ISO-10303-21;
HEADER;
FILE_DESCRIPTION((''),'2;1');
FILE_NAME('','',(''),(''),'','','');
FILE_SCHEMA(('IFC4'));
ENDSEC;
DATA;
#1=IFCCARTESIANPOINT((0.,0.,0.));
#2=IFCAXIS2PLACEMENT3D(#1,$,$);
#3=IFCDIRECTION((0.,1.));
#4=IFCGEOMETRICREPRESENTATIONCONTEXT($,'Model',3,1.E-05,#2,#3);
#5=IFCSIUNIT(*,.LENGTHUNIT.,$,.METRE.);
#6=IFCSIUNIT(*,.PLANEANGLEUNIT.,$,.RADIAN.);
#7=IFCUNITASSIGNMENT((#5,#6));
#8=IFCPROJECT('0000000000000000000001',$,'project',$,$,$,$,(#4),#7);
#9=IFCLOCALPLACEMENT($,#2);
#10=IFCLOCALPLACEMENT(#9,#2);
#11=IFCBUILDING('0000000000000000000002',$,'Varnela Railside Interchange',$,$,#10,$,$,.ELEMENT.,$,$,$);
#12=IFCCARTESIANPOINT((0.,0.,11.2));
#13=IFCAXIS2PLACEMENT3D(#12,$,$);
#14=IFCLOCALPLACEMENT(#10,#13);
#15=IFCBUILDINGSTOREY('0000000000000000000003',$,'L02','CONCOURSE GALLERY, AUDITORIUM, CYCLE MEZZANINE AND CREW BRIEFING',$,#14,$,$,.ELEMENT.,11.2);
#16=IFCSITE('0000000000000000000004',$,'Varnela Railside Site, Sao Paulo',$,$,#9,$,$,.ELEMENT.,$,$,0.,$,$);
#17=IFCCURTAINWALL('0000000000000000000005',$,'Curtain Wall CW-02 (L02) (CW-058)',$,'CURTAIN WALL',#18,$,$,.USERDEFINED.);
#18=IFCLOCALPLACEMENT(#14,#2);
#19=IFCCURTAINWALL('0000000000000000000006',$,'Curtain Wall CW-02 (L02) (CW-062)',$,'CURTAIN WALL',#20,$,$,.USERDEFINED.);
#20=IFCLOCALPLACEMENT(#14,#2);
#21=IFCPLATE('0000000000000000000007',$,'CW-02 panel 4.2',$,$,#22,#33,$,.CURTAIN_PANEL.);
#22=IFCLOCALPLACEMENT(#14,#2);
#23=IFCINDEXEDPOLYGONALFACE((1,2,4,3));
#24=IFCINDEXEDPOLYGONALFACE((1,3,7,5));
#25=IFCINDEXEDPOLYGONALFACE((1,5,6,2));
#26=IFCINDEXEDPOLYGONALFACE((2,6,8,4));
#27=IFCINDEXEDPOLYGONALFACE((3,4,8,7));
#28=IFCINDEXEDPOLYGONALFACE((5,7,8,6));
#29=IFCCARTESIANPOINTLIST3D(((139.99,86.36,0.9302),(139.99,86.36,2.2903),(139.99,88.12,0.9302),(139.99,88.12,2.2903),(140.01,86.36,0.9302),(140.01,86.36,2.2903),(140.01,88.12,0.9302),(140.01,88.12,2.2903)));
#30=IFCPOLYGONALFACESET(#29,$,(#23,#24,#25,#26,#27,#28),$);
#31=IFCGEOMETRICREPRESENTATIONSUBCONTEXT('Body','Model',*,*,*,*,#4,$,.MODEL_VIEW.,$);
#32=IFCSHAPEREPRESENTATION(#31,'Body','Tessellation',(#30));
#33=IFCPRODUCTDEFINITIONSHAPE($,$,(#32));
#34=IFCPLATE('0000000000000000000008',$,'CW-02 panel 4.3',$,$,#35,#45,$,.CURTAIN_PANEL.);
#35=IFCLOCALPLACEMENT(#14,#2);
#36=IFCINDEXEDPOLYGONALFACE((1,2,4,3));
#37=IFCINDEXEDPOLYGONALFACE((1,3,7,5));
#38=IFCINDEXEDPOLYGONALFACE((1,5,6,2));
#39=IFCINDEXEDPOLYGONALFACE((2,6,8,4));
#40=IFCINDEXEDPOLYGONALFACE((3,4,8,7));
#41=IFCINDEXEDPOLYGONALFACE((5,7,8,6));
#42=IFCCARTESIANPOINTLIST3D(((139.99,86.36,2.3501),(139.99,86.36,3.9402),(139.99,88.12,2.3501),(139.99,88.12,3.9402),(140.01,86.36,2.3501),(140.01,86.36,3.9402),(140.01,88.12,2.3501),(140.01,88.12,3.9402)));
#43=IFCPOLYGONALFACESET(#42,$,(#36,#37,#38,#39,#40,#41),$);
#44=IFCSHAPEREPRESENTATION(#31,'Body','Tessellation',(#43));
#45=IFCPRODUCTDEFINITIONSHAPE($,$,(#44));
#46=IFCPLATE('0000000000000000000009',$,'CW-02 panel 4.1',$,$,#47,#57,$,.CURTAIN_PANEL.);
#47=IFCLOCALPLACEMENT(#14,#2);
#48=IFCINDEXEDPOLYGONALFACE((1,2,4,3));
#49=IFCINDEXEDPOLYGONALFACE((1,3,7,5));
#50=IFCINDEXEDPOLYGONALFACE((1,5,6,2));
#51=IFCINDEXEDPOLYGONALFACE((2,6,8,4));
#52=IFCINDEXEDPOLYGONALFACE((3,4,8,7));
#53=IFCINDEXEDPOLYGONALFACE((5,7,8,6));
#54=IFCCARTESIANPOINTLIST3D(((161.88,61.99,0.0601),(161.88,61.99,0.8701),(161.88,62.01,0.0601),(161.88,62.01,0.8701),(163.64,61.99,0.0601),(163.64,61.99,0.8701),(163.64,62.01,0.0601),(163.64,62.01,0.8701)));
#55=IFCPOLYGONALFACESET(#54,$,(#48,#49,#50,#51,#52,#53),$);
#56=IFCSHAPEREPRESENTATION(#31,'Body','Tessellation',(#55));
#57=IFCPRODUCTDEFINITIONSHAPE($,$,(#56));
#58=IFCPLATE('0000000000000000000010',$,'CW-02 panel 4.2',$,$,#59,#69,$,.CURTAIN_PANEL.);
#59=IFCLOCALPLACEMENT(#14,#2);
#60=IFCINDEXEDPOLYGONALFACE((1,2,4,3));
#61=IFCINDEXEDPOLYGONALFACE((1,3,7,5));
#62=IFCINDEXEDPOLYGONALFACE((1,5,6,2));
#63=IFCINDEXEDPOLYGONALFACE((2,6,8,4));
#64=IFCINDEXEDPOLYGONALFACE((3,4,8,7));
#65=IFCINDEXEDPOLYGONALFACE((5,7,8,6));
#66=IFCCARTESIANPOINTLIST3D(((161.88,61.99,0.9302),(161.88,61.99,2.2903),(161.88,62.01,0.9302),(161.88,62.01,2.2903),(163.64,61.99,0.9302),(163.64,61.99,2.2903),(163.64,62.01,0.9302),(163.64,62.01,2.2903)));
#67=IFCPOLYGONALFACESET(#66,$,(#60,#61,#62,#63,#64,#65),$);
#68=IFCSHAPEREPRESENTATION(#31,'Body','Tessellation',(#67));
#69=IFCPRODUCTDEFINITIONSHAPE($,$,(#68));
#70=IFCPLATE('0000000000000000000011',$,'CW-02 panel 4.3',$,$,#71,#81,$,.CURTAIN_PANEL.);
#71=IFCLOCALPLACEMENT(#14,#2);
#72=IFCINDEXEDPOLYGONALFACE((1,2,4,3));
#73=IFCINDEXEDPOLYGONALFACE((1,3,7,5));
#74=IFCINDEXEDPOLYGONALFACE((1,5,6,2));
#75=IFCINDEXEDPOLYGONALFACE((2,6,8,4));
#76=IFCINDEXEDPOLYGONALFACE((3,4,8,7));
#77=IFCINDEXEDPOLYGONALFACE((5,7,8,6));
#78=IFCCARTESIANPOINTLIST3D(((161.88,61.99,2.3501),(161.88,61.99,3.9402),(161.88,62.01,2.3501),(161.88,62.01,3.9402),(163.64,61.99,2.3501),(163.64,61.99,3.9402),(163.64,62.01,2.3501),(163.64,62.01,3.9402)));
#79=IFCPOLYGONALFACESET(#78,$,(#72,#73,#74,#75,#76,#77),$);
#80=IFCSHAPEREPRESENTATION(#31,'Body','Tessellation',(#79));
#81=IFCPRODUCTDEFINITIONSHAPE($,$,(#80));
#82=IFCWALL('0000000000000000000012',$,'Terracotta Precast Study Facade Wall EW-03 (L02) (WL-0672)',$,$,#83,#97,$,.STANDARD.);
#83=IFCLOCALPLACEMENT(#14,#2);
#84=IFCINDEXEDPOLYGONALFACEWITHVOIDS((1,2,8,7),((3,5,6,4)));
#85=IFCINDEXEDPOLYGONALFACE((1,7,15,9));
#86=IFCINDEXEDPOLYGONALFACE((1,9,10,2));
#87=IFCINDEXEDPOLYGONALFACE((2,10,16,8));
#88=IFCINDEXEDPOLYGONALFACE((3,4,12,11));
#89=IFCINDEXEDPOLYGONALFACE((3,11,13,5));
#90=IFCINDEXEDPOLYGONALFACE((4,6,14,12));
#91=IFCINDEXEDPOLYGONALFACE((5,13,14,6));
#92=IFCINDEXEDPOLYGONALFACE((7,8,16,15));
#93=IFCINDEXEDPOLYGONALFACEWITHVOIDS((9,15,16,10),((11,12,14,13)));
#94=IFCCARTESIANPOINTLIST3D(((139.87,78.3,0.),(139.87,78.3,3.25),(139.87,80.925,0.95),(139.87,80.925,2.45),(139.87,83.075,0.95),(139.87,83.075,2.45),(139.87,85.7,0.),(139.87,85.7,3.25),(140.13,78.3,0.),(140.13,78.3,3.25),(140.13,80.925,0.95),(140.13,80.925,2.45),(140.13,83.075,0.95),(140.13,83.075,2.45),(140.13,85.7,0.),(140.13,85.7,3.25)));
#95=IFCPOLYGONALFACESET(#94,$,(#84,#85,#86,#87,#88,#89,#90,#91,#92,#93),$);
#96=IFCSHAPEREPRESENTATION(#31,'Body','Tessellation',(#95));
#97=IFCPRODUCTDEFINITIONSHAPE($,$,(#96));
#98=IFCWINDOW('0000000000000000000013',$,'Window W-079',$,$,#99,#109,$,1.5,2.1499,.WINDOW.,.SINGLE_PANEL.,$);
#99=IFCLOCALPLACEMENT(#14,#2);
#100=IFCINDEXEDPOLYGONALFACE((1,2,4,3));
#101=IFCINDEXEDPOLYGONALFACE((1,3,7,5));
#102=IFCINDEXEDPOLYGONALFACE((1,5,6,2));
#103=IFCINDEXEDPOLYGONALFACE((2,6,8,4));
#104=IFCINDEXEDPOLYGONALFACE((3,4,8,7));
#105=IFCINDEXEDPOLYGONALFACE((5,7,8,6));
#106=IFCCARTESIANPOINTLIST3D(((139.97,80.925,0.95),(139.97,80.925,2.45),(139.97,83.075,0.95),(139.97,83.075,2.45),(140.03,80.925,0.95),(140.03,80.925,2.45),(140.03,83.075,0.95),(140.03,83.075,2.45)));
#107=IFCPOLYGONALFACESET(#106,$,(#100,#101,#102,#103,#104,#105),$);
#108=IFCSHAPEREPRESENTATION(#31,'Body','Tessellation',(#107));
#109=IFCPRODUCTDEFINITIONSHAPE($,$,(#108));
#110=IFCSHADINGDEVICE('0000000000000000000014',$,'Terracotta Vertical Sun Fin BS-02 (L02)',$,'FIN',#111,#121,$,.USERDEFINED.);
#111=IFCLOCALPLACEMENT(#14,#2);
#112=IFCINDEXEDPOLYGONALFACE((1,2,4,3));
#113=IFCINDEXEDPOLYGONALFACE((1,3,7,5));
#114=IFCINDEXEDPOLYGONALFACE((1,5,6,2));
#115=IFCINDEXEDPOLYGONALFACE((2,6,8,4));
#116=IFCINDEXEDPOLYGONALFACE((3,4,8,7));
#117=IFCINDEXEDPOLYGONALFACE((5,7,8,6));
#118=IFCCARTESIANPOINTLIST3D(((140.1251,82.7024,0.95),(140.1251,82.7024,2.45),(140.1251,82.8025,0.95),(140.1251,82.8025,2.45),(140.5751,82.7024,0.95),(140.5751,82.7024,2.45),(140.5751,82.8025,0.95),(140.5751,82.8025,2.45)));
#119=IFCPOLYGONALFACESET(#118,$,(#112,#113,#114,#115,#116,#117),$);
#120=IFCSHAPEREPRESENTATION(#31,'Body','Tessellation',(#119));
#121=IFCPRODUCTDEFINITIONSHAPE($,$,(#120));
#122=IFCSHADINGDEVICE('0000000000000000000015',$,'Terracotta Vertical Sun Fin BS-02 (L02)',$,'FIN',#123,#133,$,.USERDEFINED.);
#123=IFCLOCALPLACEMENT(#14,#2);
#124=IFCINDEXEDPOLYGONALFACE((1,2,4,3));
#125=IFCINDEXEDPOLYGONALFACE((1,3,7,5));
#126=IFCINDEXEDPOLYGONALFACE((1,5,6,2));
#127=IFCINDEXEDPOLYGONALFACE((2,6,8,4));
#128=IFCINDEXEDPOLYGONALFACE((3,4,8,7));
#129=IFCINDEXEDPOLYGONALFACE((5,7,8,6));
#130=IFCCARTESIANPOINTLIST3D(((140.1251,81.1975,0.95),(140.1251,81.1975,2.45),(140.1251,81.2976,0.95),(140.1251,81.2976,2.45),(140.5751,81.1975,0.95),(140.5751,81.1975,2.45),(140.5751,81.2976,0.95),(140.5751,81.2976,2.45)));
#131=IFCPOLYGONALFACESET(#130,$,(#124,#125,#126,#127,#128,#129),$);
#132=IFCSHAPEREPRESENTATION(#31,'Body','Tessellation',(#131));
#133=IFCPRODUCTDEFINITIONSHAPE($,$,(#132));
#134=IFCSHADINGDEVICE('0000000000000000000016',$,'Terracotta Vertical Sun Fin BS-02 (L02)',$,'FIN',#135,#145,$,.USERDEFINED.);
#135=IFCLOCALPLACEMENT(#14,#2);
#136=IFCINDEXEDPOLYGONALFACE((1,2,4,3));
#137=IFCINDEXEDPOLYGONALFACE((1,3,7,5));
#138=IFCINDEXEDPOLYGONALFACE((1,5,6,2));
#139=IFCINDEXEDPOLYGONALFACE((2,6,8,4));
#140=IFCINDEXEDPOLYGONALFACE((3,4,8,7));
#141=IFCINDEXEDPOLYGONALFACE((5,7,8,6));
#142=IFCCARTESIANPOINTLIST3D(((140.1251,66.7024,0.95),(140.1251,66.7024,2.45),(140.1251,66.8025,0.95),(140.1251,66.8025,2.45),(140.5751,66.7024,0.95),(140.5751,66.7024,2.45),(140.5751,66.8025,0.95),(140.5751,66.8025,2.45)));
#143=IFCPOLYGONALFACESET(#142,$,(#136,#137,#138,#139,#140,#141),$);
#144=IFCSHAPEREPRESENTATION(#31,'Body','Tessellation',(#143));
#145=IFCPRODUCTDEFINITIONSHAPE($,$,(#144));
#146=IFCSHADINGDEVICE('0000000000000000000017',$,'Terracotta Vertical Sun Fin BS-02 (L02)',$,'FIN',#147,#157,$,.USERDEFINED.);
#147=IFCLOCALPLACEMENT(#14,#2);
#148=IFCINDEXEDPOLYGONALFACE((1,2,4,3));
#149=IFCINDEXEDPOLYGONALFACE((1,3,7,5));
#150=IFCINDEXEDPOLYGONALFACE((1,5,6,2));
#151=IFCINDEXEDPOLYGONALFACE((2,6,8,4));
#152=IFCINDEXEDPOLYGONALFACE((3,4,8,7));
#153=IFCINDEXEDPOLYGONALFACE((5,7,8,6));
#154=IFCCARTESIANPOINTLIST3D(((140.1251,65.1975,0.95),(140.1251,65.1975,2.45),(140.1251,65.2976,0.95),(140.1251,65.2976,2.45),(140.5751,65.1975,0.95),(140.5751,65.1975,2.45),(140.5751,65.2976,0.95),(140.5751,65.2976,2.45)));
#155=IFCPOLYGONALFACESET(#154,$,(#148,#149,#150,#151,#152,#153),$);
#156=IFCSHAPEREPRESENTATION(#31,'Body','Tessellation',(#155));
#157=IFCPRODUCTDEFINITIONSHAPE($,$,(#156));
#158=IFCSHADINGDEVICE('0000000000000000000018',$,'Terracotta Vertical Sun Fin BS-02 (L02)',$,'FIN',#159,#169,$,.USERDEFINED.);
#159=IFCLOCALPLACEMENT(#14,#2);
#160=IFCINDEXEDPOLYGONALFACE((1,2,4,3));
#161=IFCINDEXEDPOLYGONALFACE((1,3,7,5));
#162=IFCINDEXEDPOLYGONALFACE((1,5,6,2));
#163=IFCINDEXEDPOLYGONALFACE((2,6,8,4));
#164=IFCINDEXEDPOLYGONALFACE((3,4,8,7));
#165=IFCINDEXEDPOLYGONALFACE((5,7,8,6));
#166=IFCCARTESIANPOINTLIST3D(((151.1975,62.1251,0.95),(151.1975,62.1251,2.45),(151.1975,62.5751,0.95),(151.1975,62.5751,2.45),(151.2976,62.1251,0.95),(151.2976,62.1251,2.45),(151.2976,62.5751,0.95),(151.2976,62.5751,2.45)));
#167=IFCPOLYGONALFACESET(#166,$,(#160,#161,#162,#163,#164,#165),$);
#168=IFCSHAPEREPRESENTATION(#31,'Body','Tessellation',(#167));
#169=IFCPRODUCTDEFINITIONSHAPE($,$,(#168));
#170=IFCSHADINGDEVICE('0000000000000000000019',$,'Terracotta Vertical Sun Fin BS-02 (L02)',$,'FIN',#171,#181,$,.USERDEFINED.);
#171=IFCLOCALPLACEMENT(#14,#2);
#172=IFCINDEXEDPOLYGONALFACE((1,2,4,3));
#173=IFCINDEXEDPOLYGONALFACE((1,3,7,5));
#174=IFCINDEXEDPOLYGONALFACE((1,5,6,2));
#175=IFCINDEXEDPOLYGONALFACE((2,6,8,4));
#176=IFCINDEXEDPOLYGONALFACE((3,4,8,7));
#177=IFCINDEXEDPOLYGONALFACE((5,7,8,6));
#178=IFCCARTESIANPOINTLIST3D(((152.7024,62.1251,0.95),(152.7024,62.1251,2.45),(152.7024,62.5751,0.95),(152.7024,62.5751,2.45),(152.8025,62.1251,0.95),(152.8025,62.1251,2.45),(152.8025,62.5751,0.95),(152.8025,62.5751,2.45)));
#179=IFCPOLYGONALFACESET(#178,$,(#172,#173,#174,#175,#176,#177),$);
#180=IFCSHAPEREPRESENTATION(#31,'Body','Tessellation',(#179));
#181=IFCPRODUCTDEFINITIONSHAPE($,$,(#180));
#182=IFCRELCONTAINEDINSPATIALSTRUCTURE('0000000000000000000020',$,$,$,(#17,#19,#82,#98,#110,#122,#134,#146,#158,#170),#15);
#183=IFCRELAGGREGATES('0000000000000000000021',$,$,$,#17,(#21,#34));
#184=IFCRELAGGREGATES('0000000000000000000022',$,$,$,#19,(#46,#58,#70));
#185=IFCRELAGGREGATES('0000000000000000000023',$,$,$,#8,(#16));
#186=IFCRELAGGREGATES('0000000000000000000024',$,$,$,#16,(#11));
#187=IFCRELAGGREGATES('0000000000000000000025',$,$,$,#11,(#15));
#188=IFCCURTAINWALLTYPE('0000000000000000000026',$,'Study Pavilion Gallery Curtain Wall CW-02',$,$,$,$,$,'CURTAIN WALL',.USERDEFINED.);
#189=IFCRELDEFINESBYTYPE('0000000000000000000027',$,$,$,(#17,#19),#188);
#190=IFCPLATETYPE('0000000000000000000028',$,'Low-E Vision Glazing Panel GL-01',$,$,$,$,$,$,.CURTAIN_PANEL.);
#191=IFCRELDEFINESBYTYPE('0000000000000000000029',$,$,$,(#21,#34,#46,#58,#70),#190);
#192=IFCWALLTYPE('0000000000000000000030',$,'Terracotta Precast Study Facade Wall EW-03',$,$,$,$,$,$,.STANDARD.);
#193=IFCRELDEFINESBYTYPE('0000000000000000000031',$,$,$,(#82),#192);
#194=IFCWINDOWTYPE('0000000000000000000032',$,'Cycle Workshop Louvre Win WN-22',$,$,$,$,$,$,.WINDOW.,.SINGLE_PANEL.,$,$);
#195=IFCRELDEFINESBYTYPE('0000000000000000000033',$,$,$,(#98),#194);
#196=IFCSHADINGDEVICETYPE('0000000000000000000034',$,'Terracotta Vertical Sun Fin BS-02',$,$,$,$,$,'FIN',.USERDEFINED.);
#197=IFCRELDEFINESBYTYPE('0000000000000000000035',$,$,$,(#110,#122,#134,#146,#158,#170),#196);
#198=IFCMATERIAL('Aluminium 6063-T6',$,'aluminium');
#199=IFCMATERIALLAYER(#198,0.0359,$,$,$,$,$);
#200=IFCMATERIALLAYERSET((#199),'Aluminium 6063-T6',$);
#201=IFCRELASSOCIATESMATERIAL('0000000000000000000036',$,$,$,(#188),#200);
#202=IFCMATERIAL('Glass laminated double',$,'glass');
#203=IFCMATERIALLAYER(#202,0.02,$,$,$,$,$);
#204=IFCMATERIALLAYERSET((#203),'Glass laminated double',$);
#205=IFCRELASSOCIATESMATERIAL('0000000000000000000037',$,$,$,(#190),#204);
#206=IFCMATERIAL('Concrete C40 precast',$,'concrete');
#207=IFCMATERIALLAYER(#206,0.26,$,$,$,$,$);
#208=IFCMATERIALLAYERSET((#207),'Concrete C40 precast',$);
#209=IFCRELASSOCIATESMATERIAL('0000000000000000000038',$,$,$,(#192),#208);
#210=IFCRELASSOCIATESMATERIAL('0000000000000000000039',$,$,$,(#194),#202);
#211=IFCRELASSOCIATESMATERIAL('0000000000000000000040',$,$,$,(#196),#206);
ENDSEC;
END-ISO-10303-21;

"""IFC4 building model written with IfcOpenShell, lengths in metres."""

from ifc_helpers import new_model, si_unit, direction, frame, frame_2d, origin, origin_2d, place, context, subcontext, project, spatial, rectangle, extrude, material, layer, layer_set, type_object, element, fill, aggregate, save


model = new_model("IFC4")

# Units and contexts
model_context = context("Model", 3, precision=1e-05, world=origin(), true_north=direction((0.0, 1.0)))
body_context = subcontext(model_context, "Body", "Model", "MODEL_VIEW")
ifc_project = project(units=[si_unit("LENGTHUNIT", "METRE"), si_unit("PLANEANGLEUNIT", "RADIAN")], contexts=[model_context])

# Site, building, storey
site_placement = place(None, origin())
site = spatial("IfcSite", under=ifc_project, at=site_placement, Name="Varnela Railside Site, Sao Paulo", CompositionType="ELEMENT", RefElevation=0.0)
building_placement = place(site_placement, origin())
building = spatial("IfcBuilding", under=site, at=building_placement, Name="Varnela Railside Interchange", CompositionType="ELEMENT")
storey_placement = place(building_placement, frame((0.0, 0.0, 11.2)))
storey = spatial("IfcBuildingStorey", under=building, at=storey_placement, Name="L02", Description="CONCOURSE GALLERY, AUDITORIUM, CYCLE MEZZANINE AND CREW BRIEFING", CompositionType="ELEMENT", Elevation=11.2)

# Curtain wall
ifc_material_1 = material(Name="Aluminium 6063-T6", Category="aluminium")
ifc_layer_1 = layer(ifc_material_1, 0.0359)
ifc_layer_set_1 = layer_set([ifc_layer_1], Name="Aluminium 6063-T6")
curtain_wall_type = type_object("IfcCurtainWallType", Name="Study Pavilion Gallery Curtain Wall CW-02", ElementType="CURTAIN WALL", PredefinedType="USERDEFINED", material=ifc_layer_set_1)
curtain_wall_1_placement = place(storey_placement, origin())
curtain_wall_1 = element("IfcCurtainWall", 1, at=curtain_wall_1_placement, inside=storey, type_object=curtain_wall_type, Name="Curtain Wall CW-02 (L02) (CW-058)", ObjectType="CURTAIN WALL", PredefinedType="USERDEFINED")

# Curtain wall
curtain_wall_2_placement = place(storey_placement, origin())
curtain_wall_2 = element("IfcCurtainWall", 2, at=curtain_wall_2_placement, inside=storey, type_object=curtain_wall_type, Name="Curtain Wall CW-02 (L02) (CW-062)", ObjectType="CURTAIN WALL", PredefinedType="USERDEFINED")

# Shared definitions
ifc_material_2 = material(Name="Concrete C40 precast", Category="concrete")

# Plates
ifc_material_3 = material(Name="Glass laminated double", Category="glass")
ifc_layer_2 = layer(ifc_material_3, 0.02)
ifc_layer_set_2 = layer_set([ifc_layer_2], Name="Glass laminated double")
plate_type = type_object("IfcPlateType", Name="Low-E Vision Glazing Panel GL-01", PredefinedType="CURTAIN_PANEL", material=ifc_layer_set_2)
plate_1_placement = place(storey_placement, frame((140.0, 87.24, 0.9302), z_axis=(0.0, 0.0, 1.0), x_axis=(0.0, -1.0, 0.0)))
plate_1 = element("IfcPlate", 3, at=plate_1_placement, type_object=plate_type, Name="CW-02 panel 4.2", PredefinedType="CURTAIN_PANEL", context=body_context, shape_type="SweptSolid", body=[
    extrude(rectangle(XDim=1.76, YDim=0.02, at=origin_2d()), origin(), (0.0, 0.0, 1.0), 1.3601),
])
plate_2_placement = place(storey_placement, frame((140.0, 87.24, 2.3501), z_axis=(0.0, 0.0, 1.0), x_axis=(0.0, -1.0, 0.0)))
plate_2 = element("IfcPlate", 4, at=plate_2_placement, type_object=plate_type, Name="CW-02 panel 4.3", PredefinedType="CURTAIN_PANEL", context=body_context, shape_type="SweptSolid", body=[
    extrude(rectangle(XDim=1.76, YDim=0.02, at=origin_2d()), origin(), (0.0, 0.0, 1.0), 1.5901),
])
aggregate(curtain_wall_1, [plate_1, plate_2])
plate_3_placement = place(storey_placement, frame((162.76, 62.0, 0.0601), z_axis=(0.0, 0.0, 1.0), x_axis=(1.0, 0.0, 0.0)))
plate_3 = element("IfcPlate", 5, at=plate_3_placement, type_object=plate_type, Name="CW-02 panel 4.1", PredefinedType="CURTAIN_PANEL", context=body_context, shape_type="SweptSolid", body=[
    extrude(rectangle(XDim=1.76, YDim=0.02, at=origin_2d()), origin(), (0.0, 0.0, 1.0), 0.8101),
])
plate_4_placement = place(storey_placement, frame((162.76, 62.0, 0.9302), z_axis=(0.0, 0.0, 1.0), x_axis=(1.0, 0.0, 0.0)))
plate_4 = element("IfcPlate", 6, at=plate_4_placement, type_object=plate_type, Name="CW-02 panel 4.2", PredefinedType="CURTAIN_PANEL", context=body_context, shape_type="SweptSolid", body=[
    extrude(rectangle(XDim=1.76, YDim=0.02, at=origin_2d()), origin(), (0.0, 0.0, 1.0), 1.3601),
])
plate_5_placement = place(storey_placement, frame((162.76, 62.0, 2.3501), z_axis=(0.0, 0.0, 1.0), x_axis=(1.0, 0.0, 0.0)))
plate_5 = element("IfcPlate", 7, at=plate_5_placement, type_object=plate_type, Name="CW-02 panel 4.3", PredefinedType="CURTAIN_PANEL", context=body_context, shape_type="SweptSolid", body=[
    extrude(rectangle(XDim=1.76, YDim=0.02, at=origin_2d()), origin(), (0.0, 0.0, 1.0), 1.5901),
])
aggregate(curtain_wall_2, [plate_3, plate_4, plate_5])

# Wall, opening, window
ifc_layer_3 = layer(ifc_material_2, 0.26)
ifc_layer_set_3 = layer_set([ifc_layer_3], Name="Concrete C40 precast")
wall_type = type_object("IfcWallType", Name="Terracotta Precast Study Facade Wall EW-03", PredefinedType="STANDARD", material=ifc_layer_set_3)
wall_placement = place(storey_placement, frame((140.0, 85.7, 0.0), z_axis=(0.0, 0.0, 1.0), x_axis=(0.0, -1.0, 0.0)))
wall = element("IfcWall", 8, at=wall_placement, inside=storey, type_object=wall_type, Name="Terracotta Precast Study Facade Wall EW-03 (L02) (WL-0672)", PredefinedType="STANDARD", context=body_context, shape_type="SweptSolid", body=[
    extrude(rectangle(XDim=7.3999, YDim=0.26, at=frame_2d((3.7, 0.0))), origin(), (0.0, 0.0, 1.0), 3.25),
])
opening_placement = place(wall_placement, frame((2.625, 0.0, 0.95)))
opening = element("IfcOpeningElement", 9, at=opening_placement, cuts=wall, PredefinedType="OPENING", context=body_context, shape_type="SweptSolid", body=[
    extrude(rectangle(XDim=2.1499, YDim=1.5, at=frame_2d((1.075, 0.75))), frame((0.0, 0.1399, 0.0), z_axis=(0.0, -1.0, 0.0), x_axis=(1.0, 0.0, 0.0)), (0.0, 0.0, 1.0), 0.28),
])
window_type = type_object("IfcWindowType", Name="Cycle Workshop Louvre Win WN-22", PartitioningType="SINGLE_PANEL", PredefinedType="WINDOW", material=ifc_material_3)
window_placement = place(opening_placement, origin())
window = element("IfcWindow", 10, at=window_placement, inside=storey, type_object=window_type, Name="Window W-079", OverallHeight=1.5, OverallWidth=2.1499, PartitioningType="SINGLE_PANEL", PredefinedType="WINDOW", context=body_context, shape_type="SweptSolid", body=[
    extrude(rectangle(XDim=2.1499, YDim=1.5, at=frame_2d((1.075, 0.75))), frame((0.0, 0.03, 0.0), z_axis=(0.0, -1.0, 0.0), x_axis=(1.0, 0.0, 0.0)), (0.0, 0.0, 1.0), 0.0601),
])
fill(opening, window)

# Shading devices
shading_device_type = type_object("IfcShadingDeviceType", Name="Terracotta Vertical Sun Fin BS-02", ElementType="FIN", PredefinedType="USERDEFINED", material=ifc_material_2)
for number, where, z_axis, x_axis, name in (
    (11, (140.3501, 82.7524, 0.95), (0.0, 0.0, 1.0), (1.0, 0.0, 0.0), "Terracotta Vertical Sun Fin BS-02 (L02)"),
    (12, (140.3501, 81.2476, 0.95), (0.0, 0.0, 1.0), (1.0, 0.0, 0.0), "Terracotta Vertical Sun Fin BS-02 (L02)"),
    (13, (140.3501, 66.7524, 0.95), (0.0, 0.0, 1.0), (1.0, 0.0, 0.0), "Terracotta Vertical Sun Fin BS-02 (L02)"),
    (14, (140.3501, 65.2476, 0.95), (0.0, 0.0, 1.0), (1.0, 0.0, 0.0), "Terracotta Vertical Sun Fin BS-02 (L02)"),
    (15, (151.2476, 62.3501, 0.95), (0.0, 0.0, 1.0), (0.0, 1.0, 0.0), "Terracotta Vertical Sun Fin BS-02 (L02)"),
    (16, (152.7524, 62.3501, 0.95), (0.0, 0.0, 1.0), (0.0, 1.0, 0.0), "Terracotta Vertical Sun Fin BS-02 (L02)"),
):
    element("IfcShadingDevice", number, at=place(storey_placement, frame(where, z_axis=z_axis, x_axis=x_axis)), inside=storey, type_object=shading_device_type, Name=name, ObjectType="FIN", PredefinedType="USERDEFINED", context=body_context, shape_type="SweptSolid", body=[
        extrude(rectangle(XDim=0.45, YDim=0.1001, at=origin_2d()), origin(), (0.0, 0.0, 1.0), 1.5),
    ])

save(model, "model.ifc")
